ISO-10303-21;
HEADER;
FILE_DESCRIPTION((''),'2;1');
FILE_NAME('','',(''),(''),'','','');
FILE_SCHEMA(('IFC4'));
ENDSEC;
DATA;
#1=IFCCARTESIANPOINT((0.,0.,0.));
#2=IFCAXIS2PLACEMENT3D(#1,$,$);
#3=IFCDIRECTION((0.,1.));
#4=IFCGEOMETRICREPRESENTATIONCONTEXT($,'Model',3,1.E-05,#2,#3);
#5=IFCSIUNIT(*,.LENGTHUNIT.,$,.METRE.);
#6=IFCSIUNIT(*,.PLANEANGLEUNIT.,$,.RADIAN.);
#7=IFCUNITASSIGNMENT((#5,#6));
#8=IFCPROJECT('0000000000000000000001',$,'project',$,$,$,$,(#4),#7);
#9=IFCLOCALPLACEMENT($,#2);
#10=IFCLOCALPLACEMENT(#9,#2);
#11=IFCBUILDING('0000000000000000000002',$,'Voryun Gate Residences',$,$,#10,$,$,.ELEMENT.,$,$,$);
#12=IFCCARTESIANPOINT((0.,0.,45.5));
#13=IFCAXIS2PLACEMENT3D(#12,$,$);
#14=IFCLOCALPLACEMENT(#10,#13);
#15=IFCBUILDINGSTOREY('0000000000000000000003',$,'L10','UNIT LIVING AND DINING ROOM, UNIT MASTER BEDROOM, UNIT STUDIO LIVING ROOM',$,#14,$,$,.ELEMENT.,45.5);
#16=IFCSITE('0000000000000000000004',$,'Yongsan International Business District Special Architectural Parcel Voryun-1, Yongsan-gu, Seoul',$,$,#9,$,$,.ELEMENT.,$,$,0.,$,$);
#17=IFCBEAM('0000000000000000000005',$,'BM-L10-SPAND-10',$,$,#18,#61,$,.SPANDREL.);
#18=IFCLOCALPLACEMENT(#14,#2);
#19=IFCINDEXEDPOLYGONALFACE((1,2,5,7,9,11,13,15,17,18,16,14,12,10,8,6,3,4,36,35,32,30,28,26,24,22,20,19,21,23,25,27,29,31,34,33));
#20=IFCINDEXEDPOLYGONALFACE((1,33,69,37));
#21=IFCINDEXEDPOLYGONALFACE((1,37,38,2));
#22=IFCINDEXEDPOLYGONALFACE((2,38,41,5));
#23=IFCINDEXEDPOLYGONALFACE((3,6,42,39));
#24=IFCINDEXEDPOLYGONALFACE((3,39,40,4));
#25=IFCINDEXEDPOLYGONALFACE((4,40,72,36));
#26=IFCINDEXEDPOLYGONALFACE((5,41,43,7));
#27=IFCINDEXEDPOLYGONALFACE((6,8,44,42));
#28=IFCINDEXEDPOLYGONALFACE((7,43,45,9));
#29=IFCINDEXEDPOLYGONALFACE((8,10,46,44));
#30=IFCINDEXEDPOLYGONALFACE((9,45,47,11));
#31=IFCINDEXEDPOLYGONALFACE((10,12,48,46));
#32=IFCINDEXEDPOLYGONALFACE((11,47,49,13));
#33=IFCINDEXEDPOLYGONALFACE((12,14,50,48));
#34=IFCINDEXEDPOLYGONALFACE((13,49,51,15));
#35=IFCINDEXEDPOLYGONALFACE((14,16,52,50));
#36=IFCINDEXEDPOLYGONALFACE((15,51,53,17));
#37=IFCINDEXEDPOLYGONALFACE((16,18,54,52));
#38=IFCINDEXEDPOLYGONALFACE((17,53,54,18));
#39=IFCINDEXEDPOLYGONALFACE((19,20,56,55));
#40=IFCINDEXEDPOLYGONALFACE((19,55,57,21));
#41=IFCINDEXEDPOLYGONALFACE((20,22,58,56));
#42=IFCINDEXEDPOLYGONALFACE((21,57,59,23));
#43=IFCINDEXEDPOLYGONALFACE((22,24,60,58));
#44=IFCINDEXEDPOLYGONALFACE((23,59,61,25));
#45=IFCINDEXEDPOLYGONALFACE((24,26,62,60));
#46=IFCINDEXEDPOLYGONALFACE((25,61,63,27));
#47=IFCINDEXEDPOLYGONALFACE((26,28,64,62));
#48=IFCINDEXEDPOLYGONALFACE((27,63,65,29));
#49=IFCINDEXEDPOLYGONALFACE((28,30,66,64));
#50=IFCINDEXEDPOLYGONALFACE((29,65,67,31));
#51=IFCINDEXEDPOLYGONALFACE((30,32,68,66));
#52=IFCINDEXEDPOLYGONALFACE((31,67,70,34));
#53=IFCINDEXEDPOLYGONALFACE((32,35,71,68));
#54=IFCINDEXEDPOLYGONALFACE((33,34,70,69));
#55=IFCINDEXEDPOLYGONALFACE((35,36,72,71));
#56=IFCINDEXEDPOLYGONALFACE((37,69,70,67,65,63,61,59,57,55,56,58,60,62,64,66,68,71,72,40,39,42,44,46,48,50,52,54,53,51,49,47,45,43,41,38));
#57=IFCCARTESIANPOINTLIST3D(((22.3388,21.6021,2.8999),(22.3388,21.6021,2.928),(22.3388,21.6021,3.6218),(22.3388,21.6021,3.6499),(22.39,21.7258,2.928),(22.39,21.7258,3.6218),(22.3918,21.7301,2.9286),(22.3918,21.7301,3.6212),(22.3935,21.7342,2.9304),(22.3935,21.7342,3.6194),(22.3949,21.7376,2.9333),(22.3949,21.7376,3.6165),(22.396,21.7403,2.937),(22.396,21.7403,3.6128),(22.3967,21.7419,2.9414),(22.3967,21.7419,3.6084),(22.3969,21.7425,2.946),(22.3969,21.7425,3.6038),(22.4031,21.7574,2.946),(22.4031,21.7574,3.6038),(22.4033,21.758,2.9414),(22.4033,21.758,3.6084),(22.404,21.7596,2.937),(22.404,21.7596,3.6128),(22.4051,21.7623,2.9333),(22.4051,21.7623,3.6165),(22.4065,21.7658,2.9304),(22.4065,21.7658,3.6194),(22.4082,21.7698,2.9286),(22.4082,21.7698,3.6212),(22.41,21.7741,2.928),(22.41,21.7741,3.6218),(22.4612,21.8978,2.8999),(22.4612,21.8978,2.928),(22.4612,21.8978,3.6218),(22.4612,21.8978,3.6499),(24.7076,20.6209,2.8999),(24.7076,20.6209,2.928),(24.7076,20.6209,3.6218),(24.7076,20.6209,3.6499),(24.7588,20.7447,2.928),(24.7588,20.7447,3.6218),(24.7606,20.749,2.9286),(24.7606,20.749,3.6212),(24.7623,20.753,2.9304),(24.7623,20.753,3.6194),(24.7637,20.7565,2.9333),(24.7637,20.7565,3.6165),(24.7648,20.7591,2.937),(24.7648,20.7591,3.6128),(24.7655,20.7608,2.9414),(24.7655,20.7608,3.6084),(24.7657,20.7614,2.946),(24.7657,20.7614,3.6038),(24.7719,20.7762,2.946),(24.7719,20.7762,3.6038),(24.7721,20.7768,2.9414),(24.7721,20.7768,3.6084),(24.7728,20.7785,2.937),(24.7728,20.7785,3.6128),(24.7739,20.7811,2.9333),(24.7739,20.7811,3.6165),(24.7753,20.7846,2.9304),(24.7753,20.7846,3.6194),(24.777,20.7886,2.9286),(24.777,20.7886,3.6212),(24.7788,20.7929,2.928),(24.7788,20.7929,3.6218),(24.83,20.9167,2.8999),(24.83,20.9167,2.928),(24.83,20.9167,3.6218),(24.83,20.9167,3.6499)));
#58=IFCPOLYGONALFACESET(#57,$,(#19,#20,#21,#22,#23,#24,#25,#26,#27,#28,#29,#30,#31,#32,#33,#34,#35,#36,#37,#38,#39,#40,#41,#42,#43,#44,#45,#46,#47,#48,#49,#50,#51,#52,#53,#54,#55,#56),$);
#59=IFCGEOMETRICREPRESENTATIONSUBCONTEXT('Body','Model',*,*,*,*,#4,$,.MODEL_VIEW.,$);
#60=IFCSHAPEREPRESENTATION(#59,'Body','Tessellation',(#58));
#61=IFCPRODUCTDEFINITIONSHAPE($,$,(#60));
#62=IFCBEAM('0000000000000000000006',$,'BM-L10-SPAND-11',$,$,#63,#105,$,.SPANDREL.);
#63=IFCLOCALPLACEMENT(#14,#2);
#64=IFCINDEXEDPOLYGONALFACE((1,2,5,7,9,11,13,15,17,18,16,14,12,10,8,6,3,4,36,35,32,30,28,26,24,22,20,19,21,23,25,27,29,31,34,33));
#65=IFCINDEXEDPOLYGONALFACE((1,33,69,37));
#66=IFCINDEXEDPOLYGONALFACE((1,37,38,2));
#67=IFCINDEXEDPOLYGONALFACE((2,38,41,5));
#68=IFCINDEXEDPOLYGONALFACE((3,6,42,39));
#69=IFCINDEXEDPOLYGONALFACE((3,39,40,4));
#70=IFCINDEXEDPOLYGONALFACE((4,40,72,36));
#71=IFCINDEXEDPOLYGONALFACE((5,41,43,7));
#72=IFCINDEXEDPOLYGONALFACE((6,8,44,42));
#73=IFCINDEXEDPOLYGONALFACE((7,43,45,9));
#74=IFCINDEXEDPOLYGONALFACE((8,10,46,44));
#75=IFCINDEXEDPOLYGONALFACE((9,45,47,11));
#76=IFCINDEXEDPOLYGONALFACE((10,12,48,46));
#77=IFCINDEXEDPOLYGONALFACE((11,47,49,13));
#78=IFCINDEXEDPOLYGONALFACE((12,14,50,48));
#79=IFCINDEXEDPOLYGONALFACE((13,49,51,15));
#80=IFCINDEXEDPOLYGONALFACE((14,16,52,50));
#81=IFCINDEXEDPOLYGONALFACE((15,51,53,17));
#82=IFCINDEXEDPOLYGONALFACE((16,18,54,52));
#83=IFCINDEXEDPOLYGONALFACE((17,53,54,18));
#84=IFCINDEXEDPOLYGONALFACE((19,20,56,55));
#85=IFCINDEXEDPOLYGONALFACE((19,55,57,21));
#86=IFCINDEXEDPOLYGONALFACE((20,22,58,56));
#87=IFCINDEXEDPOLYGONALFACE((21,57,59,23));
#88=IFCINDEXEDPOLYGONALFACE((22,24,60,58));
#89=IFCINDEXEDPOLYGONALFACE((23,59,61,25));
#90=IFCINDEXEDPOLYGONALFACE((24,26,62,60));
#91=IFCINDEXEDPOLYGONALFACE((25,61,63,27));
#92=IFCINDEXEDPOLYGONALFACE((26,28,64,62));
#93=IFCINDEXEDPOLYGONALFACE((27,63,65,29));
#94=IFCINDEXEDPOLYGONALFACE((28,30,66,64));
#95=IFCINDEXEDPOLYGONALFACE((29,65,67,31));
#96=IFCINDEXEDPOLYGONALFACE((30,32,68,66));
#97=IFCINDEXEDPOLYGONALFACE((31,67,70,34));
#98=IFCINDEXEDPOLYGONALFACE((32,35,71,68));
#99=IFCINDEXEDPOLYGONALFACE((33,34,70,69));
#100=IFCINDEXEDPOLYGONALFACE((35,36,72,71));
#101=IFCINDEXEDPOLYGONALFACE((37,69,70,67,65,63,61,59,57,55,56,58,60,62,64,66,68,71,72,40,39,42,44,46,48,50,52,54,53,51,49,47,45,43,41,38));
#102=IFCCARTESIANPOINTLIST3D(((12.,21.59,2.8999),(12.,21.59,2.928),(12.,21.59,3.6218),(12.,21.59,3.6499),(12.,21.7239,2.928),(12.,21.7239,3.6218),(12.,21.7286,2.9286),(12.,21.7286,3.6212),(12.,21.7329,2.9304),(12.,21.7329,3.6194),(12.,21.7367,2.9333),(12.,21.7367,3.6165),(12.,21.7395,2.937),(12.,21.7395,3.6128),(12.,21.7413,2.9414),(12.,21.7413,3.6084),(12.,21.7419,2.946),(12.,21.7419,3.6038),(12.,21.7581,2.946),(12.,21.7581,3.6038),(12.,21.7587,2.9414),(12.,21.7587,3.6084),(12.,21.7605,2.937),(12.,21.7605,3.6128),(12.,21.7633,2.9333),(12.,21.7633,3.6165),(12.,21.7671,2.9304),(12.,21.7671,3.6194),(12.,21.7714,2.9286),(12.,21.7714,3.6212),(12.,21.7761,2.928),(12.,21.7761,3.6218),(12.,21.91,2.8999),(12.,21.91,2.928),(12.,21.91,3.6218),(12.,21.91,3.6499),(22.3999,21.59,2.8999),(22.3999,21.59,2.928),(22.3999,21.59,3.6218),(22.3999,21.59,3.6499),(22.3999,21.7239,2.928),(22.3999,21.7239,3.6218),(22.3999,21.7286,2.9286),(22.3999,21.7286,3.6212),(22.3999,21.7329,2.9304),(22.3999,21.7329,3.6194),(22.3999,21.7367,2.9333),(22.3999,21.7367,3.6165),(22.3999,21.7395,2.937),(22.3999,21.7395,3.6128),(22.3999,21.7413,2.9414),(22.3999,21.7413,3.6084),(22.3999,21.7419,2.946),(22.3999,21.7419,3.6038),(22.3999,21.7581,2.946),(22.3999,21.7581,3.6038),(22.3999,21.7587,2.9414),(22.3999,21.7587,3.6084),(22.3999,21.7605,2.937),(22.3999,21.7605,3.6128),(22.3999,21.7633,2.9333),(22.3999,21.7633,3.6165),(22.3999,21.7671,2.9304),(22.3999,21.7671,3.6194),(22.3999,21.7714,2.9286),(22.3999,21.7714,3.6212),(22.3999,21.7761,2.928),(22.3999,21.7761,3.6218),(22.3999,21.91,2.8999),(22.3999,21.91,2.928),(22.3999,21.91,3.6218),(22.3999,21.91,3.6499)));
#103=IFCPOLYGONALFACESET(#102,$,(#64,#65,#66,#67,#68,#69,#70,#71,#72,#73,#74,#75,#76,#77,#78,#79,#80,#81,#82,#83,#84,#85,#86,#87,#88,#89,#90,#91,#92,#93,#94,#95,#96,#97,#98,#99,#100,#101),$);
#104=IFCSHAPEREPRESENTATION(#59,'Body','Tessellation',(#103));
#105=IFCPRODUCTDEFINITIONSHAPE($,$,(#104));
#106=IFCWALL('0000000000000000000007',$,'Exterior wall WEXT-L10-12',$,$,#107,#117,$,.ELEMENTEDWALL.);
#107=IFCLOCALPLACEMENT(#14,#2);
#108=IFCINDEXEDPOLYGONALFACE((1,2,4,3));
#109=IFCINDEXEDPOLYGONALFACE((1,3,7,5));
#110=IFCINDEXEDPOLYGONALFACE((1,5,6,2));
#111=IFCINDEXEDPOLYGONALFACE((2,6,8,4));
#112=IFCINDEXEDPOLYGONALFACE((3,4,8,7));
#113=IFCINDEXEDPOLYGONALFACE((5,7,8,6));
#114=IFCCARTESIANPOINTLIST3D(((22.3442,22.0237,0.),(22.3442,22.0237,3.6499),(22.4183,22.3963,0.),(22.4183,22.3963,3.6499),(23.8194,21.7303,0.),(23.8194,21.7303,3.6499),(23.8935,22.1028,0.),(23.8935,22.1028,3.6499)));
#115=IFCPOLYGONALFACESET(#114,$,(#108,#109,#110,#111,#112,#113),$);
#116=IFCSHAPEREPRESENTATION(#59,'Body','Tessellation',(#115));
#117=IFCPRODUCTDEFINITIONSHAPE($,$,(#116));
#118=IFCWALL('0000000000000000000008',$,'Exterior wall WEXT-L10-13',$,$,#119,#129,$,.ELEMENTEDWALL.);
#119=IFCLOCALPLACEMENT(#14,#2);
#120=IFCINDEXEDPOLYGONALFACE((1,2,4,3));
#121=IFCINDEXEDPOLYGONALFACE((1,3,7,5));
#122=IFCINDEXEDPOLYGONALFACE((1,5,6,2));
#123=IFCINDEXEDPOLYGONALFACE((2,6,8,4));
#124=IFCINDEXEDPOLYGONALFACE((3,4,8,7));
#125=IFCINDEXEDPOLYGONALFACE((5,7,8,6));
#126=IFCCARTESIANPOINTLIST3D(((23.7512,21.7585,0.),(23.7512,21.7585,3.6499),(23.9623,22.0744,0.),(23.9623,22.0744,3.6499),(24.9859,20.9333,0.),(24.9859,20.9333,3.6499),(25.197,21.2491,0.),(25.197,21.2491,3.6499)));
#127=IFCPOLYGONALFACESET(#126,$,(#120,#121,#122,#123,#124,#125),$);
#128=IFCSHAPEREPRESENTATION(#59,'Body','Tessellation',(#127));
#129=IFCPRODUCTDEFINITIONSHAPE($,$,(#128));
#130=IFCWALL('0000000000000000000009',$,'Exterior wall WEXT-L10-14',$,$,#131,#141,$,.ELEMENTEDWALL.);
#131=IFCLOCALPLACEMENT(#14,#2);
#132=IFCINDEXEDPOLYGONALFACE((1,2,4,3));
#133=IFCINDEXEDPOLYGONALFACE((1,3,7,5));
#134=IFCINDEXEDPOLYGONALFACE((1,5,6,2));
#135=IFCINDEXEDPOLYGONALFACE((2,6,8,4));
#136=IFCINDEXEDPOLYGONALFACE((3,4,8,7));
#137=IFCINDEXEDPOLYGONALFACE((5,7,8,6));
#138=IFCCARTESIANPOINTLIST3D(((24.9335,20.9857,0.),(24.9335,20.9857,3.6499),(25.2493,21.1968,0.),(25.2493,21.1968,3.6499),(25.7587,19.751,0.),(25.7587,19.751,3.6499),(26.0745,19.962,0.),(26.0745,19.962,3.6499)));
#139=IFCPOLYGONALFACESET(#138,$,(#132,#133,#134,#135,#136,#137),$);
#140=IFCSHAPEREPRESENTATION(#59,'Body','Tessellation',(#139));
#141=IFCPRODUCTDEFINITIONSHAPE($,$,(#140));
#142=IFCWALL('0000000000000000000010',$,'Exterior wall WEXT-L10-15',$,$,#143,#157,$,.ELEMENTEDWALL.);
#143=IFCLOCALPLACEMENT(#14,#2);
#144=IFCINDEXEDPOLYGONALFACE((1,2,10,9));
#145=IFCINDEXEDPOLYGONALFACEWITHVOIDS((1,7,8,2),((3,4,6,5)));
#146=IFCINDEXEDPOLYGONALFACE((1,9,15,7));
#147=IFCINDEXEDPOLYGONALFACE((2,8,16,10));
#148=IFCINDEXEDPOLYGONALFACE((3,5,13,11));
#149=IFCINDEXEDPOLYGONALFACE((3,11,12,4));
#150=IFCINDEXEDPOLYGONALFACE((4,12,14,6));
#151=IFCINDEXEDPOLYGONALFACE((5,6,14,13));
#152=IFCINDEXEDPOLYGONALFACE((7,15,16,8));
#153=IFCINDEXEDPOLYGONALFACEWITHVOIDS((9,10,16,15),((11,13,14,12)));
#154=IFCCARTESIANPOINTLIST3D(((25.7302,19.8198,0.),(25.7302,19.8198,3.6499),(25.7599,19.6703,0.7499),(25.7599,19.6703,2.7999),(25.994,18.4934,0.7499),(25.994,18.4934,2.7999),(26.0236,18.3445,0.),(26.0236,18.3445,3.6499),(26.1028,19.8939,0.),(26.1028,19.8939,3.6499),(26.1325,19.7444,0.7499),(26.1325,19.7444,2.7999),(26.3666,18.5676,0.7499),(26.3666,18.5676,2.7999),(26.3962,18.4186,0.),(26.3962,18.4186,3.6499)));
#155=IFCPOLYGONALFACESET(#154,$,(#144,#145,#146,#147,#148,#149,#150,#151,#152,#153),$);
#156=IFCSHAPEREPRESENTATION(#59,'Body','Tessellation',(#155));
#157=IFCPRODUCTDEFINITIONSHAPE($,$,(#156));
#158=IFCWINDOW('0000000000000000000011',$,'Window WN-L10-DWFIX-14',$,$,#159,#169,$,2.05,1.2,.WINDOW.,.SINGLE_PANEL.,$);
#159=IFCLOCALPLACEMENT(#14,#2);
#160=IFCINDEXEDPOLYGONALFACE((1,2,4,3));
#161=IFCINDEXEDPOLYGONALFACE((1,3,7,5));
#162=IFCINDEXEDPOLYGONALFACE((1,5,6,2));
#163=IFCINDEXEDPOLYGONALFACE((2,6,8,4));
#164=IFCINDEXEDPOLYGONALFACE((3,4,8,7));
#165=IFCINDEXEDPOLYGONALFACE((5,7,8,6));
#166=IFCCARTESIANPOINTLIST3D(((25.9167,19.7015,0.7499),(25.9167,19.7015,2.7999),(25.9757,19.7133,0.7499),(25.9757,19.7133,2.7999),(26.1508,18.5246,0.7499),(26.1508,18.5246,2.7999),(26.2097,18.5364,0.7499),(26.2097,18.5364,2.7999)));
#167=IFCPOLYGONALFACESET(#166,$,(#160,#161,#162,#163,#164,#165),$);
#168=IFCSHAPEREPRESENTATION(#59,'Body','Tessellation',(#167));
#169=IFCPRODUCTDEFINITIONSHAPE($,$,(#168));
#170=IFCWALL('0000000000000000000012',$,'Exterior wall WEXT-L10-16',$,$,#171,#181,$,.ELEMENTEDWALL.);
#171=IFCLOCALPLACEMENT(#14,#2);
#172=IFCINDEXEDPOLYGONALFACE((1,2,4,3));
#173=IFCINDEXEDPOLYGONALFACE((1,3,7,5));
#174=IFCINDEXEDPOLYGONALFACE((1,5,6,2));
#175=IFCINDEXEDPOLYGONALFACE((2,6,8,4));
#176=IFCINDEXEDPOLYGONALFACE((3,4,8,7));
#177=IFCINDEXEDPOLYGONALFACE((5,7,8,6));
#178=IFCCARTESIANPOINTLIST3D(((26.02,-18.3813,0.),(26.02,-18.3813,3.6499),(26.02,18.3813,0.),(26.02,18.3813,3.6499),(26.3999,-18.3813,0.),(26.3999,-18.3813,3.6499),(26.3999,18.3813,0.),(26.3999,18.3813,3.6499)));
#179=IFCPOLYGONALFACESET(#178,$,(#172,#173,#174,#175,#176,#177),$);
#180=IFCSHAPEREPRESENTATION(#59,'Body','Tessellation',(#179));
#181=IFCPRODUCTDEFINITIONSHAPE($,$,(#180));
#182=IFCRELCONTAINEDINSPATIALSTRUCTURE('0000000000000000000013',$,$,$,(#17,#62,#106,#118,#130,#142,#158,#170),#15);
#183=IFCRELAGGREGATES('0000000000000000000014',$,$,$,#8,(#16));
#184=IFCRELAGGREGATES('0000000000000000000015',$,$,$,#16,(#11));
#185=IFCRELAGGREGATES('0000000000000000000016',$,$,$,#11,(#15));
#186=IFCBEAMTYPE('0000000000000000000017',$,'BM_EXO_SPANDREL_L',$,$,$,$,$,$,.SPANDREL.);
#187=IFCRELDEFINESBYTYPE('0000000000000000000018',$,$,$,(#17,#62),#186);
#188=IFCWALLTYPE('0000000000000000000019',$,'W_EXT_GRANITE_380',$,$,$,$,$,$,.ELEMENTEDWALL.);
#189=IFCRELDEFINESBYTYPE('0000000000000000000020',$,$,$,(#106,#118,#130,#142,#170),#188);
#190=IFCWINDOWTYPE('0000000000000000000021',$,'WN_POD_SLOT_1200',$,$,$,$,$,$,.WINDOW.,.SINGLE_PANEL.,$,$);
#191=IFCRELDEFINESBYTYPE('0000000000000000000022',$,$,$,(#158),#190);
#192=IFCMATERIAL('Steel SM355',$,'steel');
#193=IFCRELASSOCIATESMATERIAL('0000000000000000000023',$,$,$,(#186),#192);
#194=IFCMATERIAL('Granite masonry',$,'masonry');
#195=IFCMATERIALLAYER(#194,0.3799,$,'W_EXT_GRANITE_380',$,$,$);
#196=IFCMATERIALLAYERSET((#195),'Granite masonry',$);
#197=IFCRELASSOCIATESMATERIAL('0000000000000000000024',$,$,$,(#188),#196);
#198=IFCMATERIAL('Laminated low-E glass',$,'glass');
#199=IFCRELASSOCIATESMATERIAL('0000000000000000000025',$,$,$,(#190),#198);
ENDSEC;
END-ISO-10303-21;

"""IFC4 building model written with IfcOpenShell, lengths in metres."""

from ifc_helpers import new_model, si_unit, direction, frame, frame_2d, origin, origin_2d, place, context, subcontext, project, spatial, rectangle, i_section, extrude, material, layer, layer_set, material_profile, profile_set, type_object, element, fill, save


model = new_model("IFC4")

# Units and contexts
model_context = context("Model", 3, precision=1e-05, world=origin(), true_north=direction((0.0, 1.0)))
body_context = subcontext(model_context, "Body", "Model", "MODEL_VIEW")
ifc_project = project(units=[si_unit("LENGTHUNIT", "METRE"), si_unit("PLANEANGLEUNIT", "RADIAN")], contexts=[model_context])

# Site, building, storey
site_placement = place(None, origin())
site = spatial("IfcSite", under=ifc_project, at=site_placement, Name="Yongsan International Business District Special Architectural Parcel Voryun-1, Yongsan-gu, Seoul", CompositionType="ELEMENT", RefElevation=0.0)
building_placement = place(site_placement, origin())
building = spatial("IfcBuilding", under=site, at=building_placement, Name="Voryun Gate Residences", CompositionType="ELEMENT")
storey_placement = place(building_placement, frame((0.0, 0.0, 45.5)))
storey = spatial("IfcBuildingStorey", under=building, at=storey_placement, Name="L10", Description="UNIT LIVING AND DINING ROOM, UNIT MASTER BEDROOM, UNIT STUDIO LIVING ROOM", CompositionType="ELEMENT", Elevation=45.5)

# Beams
ifc_material_1 = material(Name="Steel SM355", Category="steel")
ifc_material_profile_1 = material_profile(ifc_material_1, i_section(OverallWidth=0.3201, OverallDepth=0.75, WebThickness=0.0161, FlangeThickness=0.0281, FilletRadius=0.0181, at=origin_2d()), Name="H-750x320x16x28")
ifc_profile_set_1 = profile_set([ifc_material_profile_1], Name="Steel SM355")
beam_type = type_object("IfcBeamType", Name="BM_EXO_SPANDREL_L", PredefinedType="SPANDREL", material=ifc_profile_set_1)
beam_1_placement = place(storey_placement, frame((24.7688, 20.7688, 3.2749), z_axis=(-0.923883, 0.382674, 0.0), x_axis=(-0.382674, -0.923883, 0.0)))
element("IfcBeam", 1, at=beam_1_placement, inside=storey, type_object=beam_type, Name="BM-L10-SPAND-10", PredefinedType="SPANDREL", context=body_context, shape_type="SweptSolid", body=[
    extrude(i_section(OverallWidth=0.3201, OverallDepth=0.75, WebThickness=0.0161, FlangeThickness=0.0281, FilletRadius=0.0181, at=origin_2d()), origin(), (0.0, 0.0, 1.0), 2.564),
])
beam_2_placement = place(storey_placement, frame((22.3999, 21.75, 3.2749), z_axis=(-1.0, 0.0, 0.0), x_axis=(0.0, -1.0, 0.0)))
element("IfcBeam", 2, at=beam_2_placement, inside=storey, type_object=beam_type, Name="BM-L10-SPAND-11", PredefinedType="SPANDREL", context=body_context, shape_type="SweptSolid", body=[
    extrude(i_section(OverallWidth=0.3201, OverallDepth=0.75, WebThickness=0.0161, FlangeThickness=0.0281, FilletRadius=0.0181, at=origin_2d()), origin(), (0.0, 0.0, 1.0), 10.3999),
])

# Walls
ifc_material_2 = material(Name="Granite masonry", Category="masonry")
ifc_layer_1 = layer(ifc_material_2, 0.3799, Name="W_EXT_GRANITE_380")
ifc_layer_set_1 = layer_set([ifc_layer_1], Name="Granite masonry")
wall_type_1 = type_object("IfcWallType", Name="W_EXT_GRANITE_380", PredefinedType="ELEMENTEDWALL", material=ifc_layer_set_1)
wall_1_placement = place(storey_placement, frame((22.3813, 22.21, 0.0), z_axis=(0.0, 0.0, 1.0), x_axis=(0.980786, -0.195086, 0.0)))
element("IfcWall", 3, at=wall_1_placement, inside=storey, type_object=wall_type_1, Name="Exterior wall WEXT-L10-12", PredefinedType="ELEMENTEDWALL", context=body_context, shape_type="SweptSolid", body=[
    extrude(rectangle(XDim=1.5042, YDim=0.3799, at=frame_2d((0.752, 0.0))), origin(), (0.0, 0.0, 1.0), 3.6499),
])
for number, where, z_axis, x_axis, name in (
    (4, (23.8567, 21.9165, 0.0), (0.0, 0.0, 1.0), (0.831392, -0.555686, 0.0), "Exterior wall WEXT-L10-13"),
    (5, (25.0913, 21.0913, 0.0), (0.0, 0.0, 1.0), (0.555686, -0.831392, 0.0), "Exterior wall WEXT-L10-14"),
):
    element("IfcWall", number, at=place(storey_placement, frame(where, z_axis=z_axis, x_axis=x_axis)), inside=storey, type_object=wall_type_1, Name=name, PredefinedType="ELEMENTEDWALL", context=body_context, shape_type="SweptSolid", body=[
        extrude(rectangle(XDim=1.4851, YDim=0.3799, at=frame_2d((0.7427, 0.0))), origin(), (0.0, 0.0, 1.0), 3.6499),
    ])

# Wall, opening, window
wall_2_placement = place(storey_placement, frame((25.9165, 19.8567, 0.0), z_axis=(0.0, 0.0, 1.0), x_axis=(0.195086, -0.980786, 0.0)))
wall_2 = element("IfcWall", 6, at=wall_2_placement, inside=storey, type_object=wall_type_1, Name="Exterior wall WEXT-L10-15", PredefinedType="ELEMENTEDWALL", context=body_context, shape_type="SweptSolid", body=[
    extrude(rectangle(XDim=1.5042, YDim=0.3799, at=frame_2d((0.752, 0.0))), origin(), (0.0, 0.0, 1.0), 3.6499),
])
opening_1_placement = place(wall_2_placement, frame((0.1521, 0.0, 0.75)))
opening_1 = element("IfcOpeningElement", 7, at=opening_1_placement, cuts=wall_2, PredefinedType="OPENING", context=body_context, shape_type="SweptSolid", body=[
    extrude(rectangle(XDim=1.2, YDim=2.05, at=frame_2d((0.6001, 1.0249))), frame((0.0, 0.2, 0.0), z_axis=(0.0, -1.0, 0.0), x_axis=(1.0, 0.0, 0.0)), (0.0, 0.0, 1.0), 0.3999),
])
ifc_material_3 = material(Name="Laminated low-E glass", Category="glass")
window_type = type_object("IfcWindowType", Name="WN_POD_SLOT_1200", PartitioningType="SINGLE_PANEL", PredefinedType="WINDOW", material=ifc_material_3)
window_placement = place(opening_1_placement, origin())
window = element("IfcWindow", 8, at=window_placement, inside=storey, type_object=window_type, Name="Window WN-L10-DWFIX-14", OverallHeight=2.05, OverallWidth=1.2, PartitioningType="SINGLE_PANEL", PredefinedType="WINDOW", context=body_context, shape_type="SweptSolid", body=[
    extrude(rectangle(XDim=1.2, YDim=2.05, at=frame_2d((0.6001, 1.0249))), frame((0.0, 0.03, 0.0), z_axis=(0.0, -1.0, 0.0), x_axis=(1.0, 0.0, 0.0)), (0.0, 0.0, 1.0), 0.0601),
])
fill(opening_1, window)

# Wall
wall_3_placement = place(storey_placement, frame((26.21, 18.3813, 0.0), z_axis=(0.0, 0.0, 1.0), x_axis=(0.0, -1.0, 0.0)))
element("IfcWall", 9, at=wall_3_placement, inside=storey, type_object=wall_type_1, Name="Exterior wall WEXT-L10-16", PredefinedType="ELEMENTEDWALL", context=body_context, shape_type="SweptSolid", body=[
    extrude(rectangle(XDim=36.7627, YDim=0.3799, at=frame_2d((18.3813, 0.0))), origin(), (0.0, 0.0, 1.0), 3.6499),
])

save(model, "model.ifc")
